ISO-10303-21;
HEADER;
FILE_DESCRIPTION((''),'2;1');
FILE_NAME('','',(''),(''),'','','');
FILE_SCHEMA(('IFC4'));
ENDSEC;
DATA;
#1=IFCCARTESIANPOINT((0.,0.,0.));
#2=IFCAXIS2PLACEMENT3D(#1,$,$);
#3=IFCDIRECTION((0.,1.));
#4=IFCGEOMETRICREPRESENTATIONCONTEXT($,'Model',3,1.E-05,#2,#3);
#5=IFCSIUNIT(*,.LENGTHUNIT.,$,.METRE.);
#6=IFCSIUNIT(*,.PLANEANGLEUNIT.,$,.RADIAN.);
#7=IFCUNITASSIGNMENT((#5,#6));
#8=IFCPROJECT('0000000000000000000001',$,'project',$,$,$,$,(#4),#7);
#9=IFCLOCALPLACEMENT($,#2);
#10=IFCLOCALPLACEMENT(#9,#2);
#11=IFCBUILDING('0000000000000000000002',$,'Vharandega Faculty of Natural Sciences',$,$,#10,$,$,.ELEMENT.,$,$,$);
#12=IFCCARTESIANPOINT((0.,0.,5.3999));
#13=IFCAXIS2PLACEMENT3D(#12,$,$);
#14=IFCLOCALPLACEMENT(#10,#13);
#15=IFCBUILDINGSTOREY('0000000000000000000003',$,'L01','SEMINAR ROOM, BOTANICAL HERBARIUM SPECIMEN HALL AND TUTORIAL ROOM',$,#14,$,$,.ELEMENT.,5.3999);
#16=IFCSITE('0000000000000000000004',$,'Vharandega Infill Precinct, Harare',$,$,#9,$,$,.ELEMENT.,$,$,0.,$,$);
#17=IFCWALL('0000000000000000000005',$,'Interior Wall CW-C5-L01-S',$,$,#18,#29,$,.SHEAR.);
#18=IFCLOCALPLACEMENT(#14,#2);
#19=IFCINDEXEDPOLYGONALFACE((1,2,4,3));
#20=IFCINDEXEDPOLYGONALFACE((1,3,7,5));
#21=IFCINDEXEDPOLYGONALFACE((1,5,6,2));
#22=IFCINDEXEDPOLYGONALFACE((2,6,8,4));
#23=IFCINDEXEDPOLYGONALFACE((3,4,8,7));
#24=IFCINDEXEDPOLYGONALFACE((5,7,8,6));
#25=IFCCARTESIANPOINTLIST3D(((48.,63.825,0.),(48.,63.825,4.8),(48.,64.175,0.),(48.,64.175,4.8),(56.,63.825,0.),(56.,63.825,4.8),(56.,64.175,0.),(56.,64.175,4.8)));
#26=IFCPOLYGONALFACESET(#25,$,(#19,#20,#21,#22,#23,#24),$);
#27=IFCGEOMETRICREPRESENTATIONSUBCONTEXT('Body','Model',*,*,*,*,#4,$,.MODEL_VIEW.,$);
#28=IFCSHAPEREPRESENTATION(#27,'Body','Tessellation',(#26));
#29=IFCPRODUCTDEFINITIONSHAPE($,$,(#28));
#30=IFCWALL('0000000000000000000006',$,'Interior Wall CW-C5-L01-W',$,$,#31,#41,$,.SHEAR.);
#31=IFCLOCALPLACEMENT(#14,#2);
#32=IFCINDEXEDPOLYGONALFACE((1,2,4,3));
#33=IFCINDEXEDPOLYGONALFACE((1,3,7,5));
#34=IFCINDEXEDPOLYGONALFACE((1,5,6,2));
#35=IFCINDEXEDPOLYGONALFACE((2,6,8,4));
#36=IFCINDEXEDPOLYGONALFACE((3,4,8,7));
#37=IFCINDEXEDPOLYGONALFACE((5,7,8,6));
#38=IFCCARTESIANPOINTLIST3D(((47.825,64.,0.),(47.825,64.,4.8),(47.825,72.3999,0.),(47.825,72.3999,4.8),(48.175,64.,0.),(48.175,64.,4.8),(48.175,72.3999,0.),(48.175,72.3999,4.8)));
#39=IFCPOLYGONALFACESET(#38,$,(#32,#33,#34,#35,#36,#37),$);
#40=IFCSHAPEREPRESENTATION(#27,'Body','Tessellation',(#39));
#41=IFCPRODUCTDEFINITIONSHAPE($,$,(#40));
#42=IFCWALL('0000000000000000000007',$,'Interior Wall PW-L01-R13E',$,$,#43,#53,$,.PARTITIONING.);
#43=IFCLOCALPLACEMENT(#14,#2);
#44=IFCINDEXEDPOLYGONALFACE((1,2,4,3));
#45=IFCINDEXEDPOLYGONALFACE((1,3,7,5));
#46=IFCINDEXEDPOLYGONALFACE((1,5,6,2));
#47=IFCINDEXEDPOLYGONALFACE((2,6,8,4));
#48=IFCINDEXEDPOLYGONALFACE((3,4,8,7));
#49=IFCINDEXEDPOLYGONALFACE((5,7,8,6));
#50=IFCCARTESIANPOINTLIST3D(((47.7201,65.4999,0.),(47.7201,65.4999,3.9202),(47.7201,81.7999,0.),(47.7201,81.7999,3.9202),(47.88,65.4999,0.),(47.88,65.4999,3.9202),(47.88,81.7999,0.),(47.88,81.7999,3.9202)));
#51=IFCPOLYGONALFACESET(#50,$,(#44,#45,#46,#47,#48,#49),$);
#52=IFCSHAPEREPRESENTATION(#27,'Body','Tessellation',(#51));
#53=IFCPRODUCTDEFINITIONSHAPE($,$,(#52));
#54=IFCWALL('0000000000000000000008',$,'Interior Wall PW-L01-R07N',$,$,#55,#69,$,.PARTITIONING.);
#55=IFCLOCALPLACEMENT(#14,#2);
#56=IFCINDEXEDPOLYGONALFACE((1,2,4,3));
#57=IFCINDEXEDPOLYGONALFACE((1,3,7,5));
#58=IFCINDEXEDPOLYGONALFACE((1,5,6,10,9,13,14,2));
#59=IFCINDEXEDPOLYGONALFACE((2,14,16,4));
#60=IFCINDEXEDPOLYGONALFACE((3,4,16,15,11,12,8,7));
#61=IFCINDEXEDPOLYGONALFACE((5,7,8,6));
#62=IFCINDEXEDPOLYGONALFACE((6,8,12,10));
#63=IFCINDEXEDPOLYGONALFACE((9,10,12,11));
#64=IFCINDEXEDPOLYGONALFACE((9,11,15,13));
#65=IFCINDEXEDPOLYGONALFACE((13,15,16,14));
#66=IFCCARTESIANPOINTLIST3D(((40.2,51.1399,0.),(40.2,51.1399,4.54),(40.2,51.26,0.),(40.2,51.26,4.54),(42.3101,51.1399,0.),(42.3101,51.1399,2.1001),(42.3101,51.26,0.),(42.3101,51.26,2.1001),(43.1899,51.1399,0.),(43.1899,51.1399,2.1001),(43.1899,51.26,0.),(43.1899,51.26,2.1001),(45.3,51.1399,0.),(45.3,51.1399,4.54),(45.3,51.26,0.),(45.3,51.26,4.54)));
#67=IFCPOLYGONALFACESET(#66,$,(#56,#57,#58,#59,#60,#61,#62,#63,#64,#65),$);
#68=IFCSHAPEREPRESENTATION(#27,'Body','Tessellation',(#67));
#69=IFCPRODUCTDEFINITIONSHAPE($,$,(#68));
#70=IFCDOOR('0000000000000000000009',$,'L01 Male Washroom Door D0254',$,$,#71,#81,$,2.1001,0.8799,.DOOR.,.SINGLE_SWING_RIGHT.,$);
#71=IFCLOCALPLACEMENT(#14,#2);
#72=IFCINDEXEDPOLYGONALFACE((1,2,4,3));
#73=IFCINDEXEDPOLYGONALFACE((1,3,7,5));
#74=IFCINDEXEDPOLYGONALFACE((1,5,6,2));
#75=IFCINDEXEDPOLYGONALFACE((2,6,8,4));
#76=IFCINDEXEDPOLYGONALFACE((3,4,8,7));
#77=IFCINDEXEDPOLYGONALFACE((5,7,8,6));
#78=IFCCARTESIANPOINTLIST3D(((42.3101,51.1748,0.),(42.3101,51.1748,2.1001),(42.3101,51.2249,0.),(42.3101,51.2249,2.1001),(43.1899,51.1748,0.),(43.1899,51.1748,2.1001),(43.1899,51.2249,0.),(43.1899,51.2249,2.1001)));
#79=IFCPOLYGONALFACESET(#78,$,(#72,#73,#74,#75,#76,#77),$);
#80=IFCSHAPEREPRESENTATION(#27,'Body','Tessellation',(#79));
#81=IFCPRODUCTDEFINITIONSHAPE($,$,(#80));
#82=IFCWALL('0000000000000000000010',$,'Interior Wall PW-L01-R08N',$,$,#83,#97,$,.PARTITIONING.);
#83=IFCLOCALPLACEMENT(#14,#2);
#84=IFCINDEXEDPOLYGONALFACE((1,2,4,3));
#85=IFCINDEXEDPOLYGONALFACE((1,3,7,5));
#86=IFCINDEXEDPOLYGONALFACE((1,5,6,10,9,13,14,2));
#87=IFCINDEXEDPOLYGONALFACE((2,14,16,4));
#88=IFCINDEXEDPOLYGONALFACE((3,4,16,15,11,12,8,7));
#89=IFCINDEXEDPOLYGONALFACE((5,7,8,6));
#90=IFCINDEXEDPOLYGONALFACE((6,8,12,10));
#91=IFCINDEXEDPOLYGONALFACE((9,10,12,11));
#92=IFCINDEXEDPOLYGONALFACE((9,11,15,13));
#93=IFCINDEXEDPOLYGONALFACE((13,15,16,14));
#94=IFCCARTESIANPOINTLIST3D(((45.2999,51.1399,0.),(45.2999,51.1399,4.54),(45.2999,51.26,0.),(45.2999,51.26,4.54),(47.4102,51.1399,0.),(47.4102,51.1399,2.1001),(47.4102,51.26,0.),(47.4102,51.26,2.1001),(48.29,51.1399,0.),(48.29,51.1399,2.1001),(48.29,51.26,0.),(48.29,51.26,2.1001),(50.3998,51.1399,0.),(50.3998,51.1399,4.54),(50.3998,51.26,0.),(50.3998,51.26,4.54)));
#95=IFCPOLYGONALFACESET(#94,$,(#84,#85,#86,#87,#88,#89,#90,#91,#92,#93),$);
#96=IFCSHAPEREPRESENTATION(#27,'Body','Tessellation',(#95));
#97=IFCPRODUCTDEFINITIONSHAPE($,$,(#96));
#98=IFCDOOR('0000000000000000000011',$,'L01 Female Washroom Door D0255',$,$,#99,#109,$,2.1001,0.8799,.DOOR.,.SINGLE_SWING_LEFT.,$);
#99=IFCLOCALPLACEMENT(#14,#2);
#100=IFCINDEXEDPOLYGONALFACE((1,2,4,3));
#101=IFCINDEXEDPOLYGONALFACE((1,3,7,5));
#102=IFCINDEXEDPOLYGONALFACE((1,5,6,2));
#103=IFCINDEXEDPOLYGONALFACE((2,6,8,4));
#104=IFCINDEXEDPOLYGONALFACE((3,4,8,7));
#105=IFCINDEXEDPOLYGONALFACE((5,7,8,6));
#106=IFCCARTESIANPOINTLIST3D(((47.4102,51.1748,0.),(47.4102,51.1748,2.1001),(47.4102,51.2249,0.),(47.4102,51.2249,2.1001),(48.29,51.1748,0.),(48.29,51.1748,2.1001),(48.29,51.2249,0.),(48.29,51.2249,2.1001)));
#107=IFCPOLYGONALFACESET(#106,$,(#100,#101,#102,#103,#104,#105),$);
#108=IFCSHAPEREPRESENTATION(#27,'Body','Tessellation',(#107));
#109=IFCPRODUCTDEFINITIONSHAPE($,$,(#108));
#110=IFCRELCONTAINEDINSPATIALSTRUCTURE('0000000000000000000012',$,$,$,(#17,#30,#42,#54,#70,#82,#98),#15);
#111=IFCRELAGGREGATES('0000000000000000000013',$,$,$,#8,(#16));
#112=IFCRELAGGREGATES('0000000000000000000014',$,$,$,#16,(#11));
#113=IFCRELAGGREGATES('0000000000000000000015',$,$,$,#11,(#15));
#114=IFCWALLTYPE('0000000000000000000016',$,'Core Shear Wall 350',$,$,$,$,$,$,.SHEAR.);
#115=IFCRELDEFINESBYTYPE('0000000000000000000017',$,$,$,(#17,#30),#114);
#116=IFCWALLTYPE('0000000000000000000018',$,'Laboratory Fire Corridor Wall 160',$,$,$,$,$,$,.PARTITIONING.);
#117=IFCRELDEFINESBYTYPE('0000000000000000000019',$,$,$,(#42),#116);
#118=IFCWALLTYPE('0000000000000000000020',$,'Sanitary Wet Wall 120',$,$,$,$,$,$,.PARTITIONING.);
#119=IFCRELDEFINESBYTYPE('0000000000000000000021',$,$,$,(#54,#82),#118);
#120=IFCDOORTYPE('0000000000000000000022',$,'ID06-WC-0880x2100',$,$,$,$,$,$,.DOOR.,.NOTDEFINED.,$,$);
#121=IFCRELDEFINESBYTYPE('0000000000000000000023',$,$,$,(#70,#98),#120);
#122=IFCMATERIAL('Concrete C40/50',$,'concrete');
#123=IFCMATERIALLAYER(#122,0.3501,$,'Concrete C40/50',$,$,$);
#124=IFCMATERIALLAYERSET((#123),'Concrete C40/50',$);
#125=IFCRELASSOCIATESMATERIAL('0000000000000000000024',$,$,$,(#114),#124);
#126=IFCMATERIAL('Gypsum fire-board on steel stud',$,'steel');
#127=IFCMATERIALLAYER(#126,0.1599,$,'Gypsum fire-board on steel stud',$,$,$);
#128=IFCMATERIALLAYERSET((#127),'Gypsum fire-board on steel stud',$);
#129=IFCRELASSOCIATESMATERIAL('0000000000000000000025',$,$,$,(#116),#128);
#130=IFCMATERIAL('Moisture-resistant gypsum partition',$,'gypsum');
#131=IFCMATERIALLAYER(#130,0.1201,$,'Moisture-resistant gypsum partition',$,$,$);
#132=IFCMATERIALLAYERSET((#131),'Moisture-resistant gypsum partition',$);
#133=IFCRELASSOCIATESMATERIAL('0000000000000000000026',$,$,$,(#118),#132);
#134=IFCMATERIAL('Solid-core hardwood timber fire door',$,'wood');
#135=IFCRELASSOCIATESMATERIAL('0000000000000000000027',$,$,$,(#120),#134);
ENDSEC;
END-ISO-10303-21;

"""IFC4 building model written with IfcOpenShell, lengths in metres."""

from ifc_helpers import new_model, si_unit, direction, frame, frame_2d, origin, place, context, subcontext, project, spatial, rectangle, extrude, material, layer, layer_set, type_object, element, fill, save


model = new_model("IFC4")

# Units and contexts
model_context = context("Model", 3, precision=1e-05, world=origin(), true_north=direction((0.0, 1.0)))
body_context = subcontext(model_context, "Body", "Model", "MODEL_VIEW")
ifc_project = project(units=[si_unit("LENGTHUNIT", "METRE"), si_unit("PLANEANGLEUNIT", "RADIAN")], contexts=[model_context])

# Site, building, storey
site_placement = place(None, origin())
site = spatial("IfcSite", under=ifc_project, at=site_placement, Name="Vharandega Infill Precinct, Harare", CompositionType="ELEMENT", RefElevation=0.0)
building_placement = place(site_placement, origin())
building = spatial("IfcBuilding", under=site, at=building_placement, Name="Vharandega Faculty of Natural Sciences", CompositionType="ELEMENT")
storey_placement = place(building_placement, frame((0.0, 0.0, 5.3999)))
storey = spatial("IfcBuildingStorey", under=building, at=storey_placement, Name="L01", Description="SEMINAR ROOM, BOTANICAL HERBARIUM SPECIMEN HALL AND TUTORIAL ROOM", CompositionType="ELEMENT", Elevation=5.3999)

# Walls
ifc_material_1 = material(Name="Concrete C40/50", Category="concrete")
ifc_layer_1 = layer(ifc_material_1, 0.3501, Name="Concrete C40/50")
ifc_layer_set_1 = layer_set([ifc_layer_1], Name="Concrete C40/50")
wall_type_1 = type_object("IfcWallType", Name="Core Shear Wall 350", PredefinedType="SHEAR", material=ifc_layer_set_1)
wall_1_placement = place(storey_placement, frame((48.0, 64.0, 0.0), z_axis=(0.0, 0.0, 1.0), x_axis=(1.0, 0.0, 0.0)))
element("IfcWall", 1, at=wall_1_placement, inside=storey, type_object=wall_type_1, Name="Interior Wall CW-C5-L01-S", PredefinedType="SHEAR", context=body_context, shape_type="SweptSolid", body=[
    extrude(rectangle(XDim=8.0, YDim=0.3501, at=frame_2d((4.0, 0.0))), origin(), (0.0, 0.0, 1.0), 4.8),
])
wall_2_placement = place(storey_placement, frame((48.0, 64.0, 0.0), z_axis=(0.0, 0.0, 1.0), x_axis=(0.0, 1.0, 0.0)))
element("IfcWall", 2, at=wall_2_placement, inside=storey, type_object=wall_type_1, Name="Interior Wall CW-C5-L01-W", PredefinedType="SHEAR", context=body_context, shape_type="SweptSolid", body=[
    extrude(rectangle(XDim=8.3999, YDim=0.3501, at=frame_2d((4.2, 0.0))), origin(), (0.0, 0.0, 1.0), 4.8),
])
ifc_material_2 = material(Name="Gypsum fire-board on steel stud", Category="steel")
ifc_layer_2 = layer(ifc_material_2, 0.1599, Name="Gypsum fire-board on steel stud")
ifc_layer_set_2 = layer_set([ifc_layer_2], Name="Gypsum fire-board on steel stud")
wall_type_2 = type_object("IfcWallType", Name="Laboratory Fire Corridor Wall 160", PredefinedType="PARTITIONING", material=ifc_layer_set_2)
wall_3_placement = place(storey_placement, frame((47.8, 65.5, 0.0), z_axis=(0.0, 0.0, 1.0), x_axis=(0.0, 1.0, 0.0)))
element("IfcWall", 3, at=wall_3_placement, inside=storey, type_object=wall_type_2, Name="Interior Wall PW-L01-R13E", PredefinedType="PARTITIONING", context=body_context, shape_type="SweptSolid", body=[
    extrude(rectangle(XDim=16.3, YDim=0.1599, at=frame_2d((8.1499, 0.0))), origin(), (0.0, 0.0, 1.0), 3.9202),
])

# Walls, openings, doors
ifc_material_3 = material(Name="Moisture-resistant gypsum partition", Category="gypsum")
ifc_layer_3 = layer(ifc_material_3, 0.1201, Name="Moisture-resistant gypsum partition")
ifc_layer_set_3 = layer_set([ifc_layer_3], Name="Moisture-resistant gypsum partition")
wall_type_3 = type_object("IfcWallType", Name="Sanitary Wet Wall 120", PredefinedType="PARTITIONING", material=ifc_layer_set_3)
wall_4_placement = place(storey_placement, frame((40.2, 51.2, 0.0), z_axis=(0.0, 0.0, 1.0), x_axis=(1.0, 0.0, 0.0)))
wall_4 = element("IfcWall", 4, at=wall_4_placement, inside=storey, type_object=wall_type_3, Name="Interior Wall PW-L01-R07N", PredefinedType="PARTITIONING", context=body_context, shape_type="SweptSolid", body=[
    extrude(rectangle(XDim=5.1001, YDim=0.1201, at=frame_2d((2.55, 0.0))), origin(), (0.0, 0.0, 1.0), 4.54),
])
opening_1_placement = place(wall_4_placement, frame((2.1101, 0.0, 0.0)))
opening_1 = element("IfcOpeningElement", 5, at=opening_1_placement, cuts=wall_4, PredefinedType="OPENING", context=body_context, shape_type="SweptSolid", body=[
    extrude(rectangle(XDim=0.8799, YDim=2.1001, at=frame_2d((0.4399, 1.05))), frame((0.0, 0.0701, 0.0), z_axis=(0.0, -1.0, 0.0), x_axis=(1.0, 0.0, 0.0)), (0.0, 0.0, 1.0), 0.1401),
])
ifc_material_4 = material(Name="Solid-core hardwood timber fire door", Category="wood")
door_type = type_object("IfcDoorType", Name="ID06-WC-0880x2100", OperationType="NOTDEFINED", PredefinedType="DOOR", material=ifc_material_4)
door_1_placement = place(opening_1_placement, origin())
door_1 = element("IfcDoor", 6, at=door_1_placement, inside=storey, type_object=door_type, Name="L01 Male Washroom Door D0254", OperationType="SINGLE_SWING_RIGHT", OverallHeight=2.1001, OverallWidth=0.8799, PredefinedType="DOOR", context=body_context, shape_type="SweptSolid", body=[
    extrude(rectangle(XDim=0.8799, YDim=2.1001, at=frame_2d((0.4399, 1.05))), frame((0.0, 0.0249, 0.0), z_axis=(0.0, -1.0, 0.0), x_axis=(1.0, 0.0, 0.0)), (0.0, 0.0, 1.0), 0.05),
])
fill(opening_1, door_1)
wall_5_placement = place(storey_placement, frame((45.3, 51.2, 0.0), z_axis=(0.0, 0.0, 1.0), x_axis=(1.0, 0.0, 0.0)))
wall_5 = element("IfcWall", 7, at=wall_5_placement, inside=storey, type_object=wall_type_3, Name="Interior Wall PW-L01-R08N", PredefinedType="PARTITIONING", context=body_context, shape_type="SweptSolid", body=[
    extrude(rectangle(XDim=5.0999, YDim=0.1201, at=frame_2d((2.5498, 0.0))), origin(), (0.0, 0.0, 1.0), 4.54),
])
opening_2_placement = place(wall_5_placement, frame((2.1101, 0.0, 0.0)))
opening_2 = element("IfcOpeningElement", 8, at=opening_2_placement, cuts=wall_5, PredefinedType="OPENING", context=body_context, shape_type="SweptSolid", body=[
    extrude(rectangle(XDim=0.8799, YDim=2.1001, at=frame_2d((0.4399, 1.05))), frame((0.0, 0.0701, 0.0), z_axis=(0.0, -1.0, 0.0), x_axis=(1.0, 0.0, 0.0)), (0.0, 0.0, 1.0), 0.1401),
])
door_2_placement = place(opening_2_placement, origin())
door_2 = element("IfcDoor", 9, at=door_2_placement, inside=storey, type_object=door_type, Name="L01 Female Washroom Door D0255", OperationType="SINGLE_SWING_LEFT", OverallHeight=2.1001, OverallWidth=0.8799, PredefinedType="DOOR", context=body_context, shape_type="SweptSolid", body=[
    extrude(rectangle(XDim=0.8799, YDim=2.1001, at=frame_2d((0.4399, 1.05))), frame((0.0, 0.0249, 0.0), z_axis=(0.0, -1.0, 0.0), x_axis=(1.0, 0.0, 0.0)), (0.0, 0.0, 1.0), 0.05),
])
fill(opening_2, door_2)

save(model, "model.ifc")
